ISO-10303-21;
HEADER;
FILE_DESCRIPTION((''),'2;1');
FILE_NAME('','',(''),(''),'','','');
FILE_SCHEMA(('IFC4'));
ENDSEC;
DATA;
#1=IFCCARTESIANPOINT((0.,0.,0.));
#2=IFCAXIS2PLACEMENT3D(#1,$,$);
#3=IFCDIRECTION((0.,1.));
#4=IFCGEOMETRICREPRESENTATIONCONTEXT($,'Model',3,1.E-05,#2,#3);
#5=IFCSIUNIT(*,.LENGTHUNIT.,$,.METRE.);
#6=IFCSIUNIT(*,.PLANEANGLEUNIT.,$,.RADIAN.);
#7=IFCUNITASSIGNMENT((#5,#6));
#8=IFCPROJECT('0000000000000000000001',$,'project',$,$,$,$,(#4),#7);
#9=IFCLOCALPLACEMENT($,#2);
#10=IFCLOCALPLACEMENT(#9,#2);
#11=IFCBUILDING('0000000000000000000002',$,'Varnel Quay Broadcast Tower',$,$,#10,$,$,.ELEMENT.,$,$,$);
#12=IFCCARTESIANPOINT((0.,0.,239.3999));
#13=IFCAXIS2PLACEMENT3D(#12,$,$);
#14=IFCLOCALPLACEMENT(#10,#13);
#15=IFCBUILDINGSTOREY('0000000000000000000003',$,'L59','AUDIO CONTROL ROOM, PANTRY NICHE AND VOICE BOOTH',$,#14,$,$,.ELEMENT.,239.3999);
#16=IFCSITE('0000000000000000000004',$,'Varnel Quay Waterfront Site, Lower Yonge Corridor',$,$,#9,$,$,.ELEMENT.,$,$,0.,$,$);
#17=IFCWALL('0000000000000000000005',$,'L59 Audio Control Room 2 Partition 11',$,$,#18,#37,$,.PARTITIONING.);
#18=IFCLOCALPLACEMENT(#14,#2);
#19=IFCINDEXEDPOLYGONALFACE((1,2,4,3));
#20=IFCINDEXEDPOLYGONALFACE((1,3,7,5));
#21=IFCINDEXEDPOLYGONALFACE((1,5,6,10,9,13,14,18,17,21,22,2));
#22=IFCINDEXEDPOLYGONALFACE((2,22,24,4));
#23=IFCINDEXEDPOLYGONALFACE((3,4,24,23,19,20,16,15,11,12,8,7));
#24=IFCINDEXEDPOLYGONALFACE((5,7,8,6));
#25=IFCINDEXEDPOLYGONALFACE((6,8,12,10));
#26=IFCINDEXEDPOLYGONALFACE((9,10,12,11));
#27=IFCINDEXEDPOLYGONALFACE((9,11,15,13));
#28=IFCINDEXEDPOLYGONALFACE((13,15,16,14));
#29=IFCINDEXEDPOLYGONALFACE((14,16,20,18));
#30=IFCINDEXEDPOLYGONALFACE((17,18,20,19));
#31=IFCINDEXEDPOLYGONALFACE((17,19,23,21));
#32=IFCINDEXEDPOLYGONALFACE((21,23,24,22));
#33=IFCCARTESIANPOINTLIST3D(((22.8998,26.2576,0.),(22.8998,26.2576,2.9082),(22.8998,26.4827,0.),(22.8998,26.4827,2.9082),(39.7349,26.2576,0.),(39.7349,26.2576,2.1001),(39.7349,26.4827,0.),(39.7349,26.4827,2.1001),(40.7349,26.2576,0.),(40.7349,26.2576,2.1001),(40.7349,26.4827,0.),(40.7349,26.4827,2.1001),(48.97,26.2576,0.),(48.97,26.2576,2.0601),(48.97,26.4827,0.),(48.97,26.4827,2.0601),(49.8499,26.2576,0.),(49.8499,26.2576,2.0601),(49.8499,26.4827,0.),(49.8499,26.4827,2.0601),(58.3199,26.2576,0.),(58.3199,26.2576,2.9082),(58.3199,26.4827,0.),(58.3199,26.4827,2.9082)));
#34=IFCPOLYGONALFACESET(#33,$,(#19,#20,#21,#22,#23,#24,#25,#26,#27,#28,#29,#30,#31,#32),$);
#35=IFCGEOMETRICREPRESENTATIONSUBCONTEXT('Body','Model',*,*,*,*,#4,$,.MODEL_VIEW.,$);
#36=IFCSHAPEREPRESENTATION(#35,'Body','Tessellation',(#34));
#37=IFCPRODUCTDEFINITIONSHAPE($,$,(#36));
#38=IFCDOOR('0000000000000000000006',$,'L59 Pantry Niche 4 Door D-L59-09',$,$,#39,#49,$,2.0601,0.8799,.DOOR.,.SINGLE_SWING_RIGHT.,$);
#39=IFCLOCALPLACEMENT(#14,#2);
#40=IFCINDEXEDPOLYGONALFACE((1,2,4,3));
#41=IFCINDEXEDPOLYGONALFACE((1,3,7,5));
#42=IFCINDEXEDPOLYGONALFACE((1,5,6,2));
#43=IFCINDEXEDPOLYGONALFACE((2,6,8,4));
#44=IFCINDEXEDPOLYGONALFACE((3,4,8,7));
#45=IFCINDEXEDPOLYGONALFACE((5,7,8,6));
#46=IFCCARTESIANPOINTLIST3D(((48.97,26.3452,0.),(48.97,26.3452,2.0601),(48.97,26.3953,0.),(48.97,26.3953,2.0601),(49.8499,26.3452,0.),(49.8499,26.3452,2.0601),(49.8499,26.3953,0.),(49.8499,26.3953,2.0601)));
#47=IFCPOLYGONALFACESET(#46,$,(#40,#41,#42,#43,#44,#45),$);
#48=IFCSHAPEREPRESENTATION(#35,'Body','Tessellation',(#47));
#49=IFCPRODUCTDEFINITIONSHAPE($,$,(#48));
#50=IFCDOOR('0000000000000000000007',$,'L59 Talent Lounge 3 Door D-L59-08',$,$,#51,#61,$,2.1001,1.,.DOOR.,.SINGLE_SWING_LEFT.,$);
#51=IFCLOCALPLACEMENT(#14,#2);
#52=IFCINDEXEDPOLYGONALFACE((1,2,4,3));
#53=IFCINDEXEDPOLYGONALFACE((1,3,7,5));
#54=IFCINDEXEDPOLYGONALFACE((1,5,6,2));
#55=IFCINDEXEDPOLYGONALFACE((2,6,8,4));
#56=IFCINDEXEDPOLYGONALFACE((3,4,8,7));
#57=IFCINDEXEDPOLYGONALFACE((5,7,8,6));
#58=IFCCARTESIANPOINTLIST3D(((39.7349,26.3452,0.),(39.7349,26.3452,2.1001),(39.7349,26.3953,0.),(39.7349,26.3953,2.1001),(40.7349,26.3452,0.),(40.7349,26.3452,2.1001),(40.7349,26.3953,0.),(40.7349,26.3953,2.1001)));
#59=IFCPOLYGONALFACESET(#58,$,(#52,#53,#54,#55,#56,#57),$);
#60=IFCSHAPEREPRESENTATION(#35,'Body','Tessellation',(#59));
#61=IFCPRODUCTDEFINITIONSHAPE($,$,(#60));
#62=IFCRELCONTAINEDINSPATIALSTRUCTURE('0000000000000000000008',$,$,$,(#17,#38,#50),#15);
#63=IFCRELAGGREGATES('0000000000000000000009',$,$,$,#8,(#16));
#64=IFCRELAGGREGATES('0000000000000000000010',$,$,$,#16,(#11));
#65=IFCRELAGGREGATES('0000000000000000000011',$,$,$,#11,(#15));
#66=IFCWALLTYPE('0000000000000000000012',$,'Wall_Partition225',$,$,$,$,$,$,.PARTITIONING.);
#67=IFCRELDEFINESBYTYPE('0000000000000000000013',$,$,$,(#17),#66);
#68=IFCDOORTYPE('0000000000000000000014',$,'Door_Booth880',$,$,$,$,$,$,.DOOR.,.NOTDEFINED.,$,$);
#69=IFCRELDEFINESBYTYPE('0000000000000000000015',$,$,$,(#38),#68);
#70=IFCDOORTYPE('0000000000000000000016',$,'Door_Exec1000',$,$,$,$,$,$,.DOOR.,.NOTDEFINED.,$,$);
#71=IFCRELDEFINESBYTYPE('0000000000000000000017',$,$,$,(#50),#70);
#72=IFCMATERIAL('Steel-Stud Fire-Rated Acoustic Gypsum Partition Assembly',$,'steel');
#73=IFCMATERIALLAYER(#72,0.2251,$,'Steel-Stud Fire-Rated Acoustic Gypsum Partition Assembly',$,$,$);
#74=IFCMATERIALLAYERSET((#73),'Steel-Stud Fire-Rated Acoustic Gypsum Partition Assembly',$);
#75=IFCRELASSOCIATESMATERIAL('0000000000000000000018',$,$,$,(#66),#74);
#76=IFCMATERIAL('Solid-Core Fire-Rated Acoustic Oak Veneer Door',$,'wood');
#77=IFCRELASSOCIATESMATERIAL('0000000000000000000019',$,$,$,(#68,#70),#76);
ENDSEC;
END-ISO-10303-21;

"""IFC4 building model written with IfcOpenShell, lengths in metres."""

from ifc_helpers import new_model, si_unit, direction, frame, frame_2d, origin, place, context, subcontext, project, spatial, rectangle, extrude, source, transform, mapped, material, layer, layer_set, type_object, type_shapes, element, fill, save


model = new_model("IFC4")

# Units and contexts
model_context = context("Model", 3, precision=1e-05, world=origin(), true_north=direction((0.0, 1.0)))
body_context = subcontext(model_context, "Body", "Model", "MODEL_VIEW")
ifc_project = project(units=[si_unit("LENGTHUNIT", "METRE"), si_unit("PLANEANGLEUNIT", "RADIAN")], contexts=[model_context])

# Site, building, storey
site_placement = place(None, origin())
site = spatial("IfcSite", under=ifc_project, at=site_placement, Name="Varnel Quay Waterfront Site, Lower Yonge Corridor", CompositionType="ELEMENT", RefElevation=0.0)
building_placement = place(site_placement, origin())
building = spatial("IfcBuilding", under=site, at=building_placement, Name="Varnel Quay Broadcast Tower", CompositionType="ELEMENT")
storey_placement = place(building_placement, frame((0.0, 0.0, 239.3999)))
storey = spatial("IfcBuildingStorey", under=building, at=storey_placement, Name="L59", Description="AUDIO CONTROL ROOM, PANTRY NICHE AND VOICE BOOTH", CompositionType="ELEMENT", Elevation=239.3999)

# Shared definitions
ifc_material_1 = material(Name="Steel-Stud Fire-Rated Acoustic Gypsum Partition Assembly", Category="steel")
ifc_material_2 = material(Name="Solid-Core Fire-Rated Acoustic Oak Veneer Door", Category="wood")

# Wall, openings, doors
ifc_layer_1 = layer(ifc_material_1, 0.2251, Name="Steel-Stud Fire-Rated Acoustic Gypsum Partition Assembly")
ifc_layer_set_1 = layer_set([ifc_layer_1], Name="Steel-Stud Fire-Rated Acoustic Gypsum Partition Assembly")
wall_type_1 = type_object("IfcWallType", Name="Wall_Partition225", PredefinedType="PARTITIONING", material=ifc_layer_set_1)
wall_1_placement = place(storey_placement, frame((22.8999, 26.3701, 0.0), z_axis=(0.0, 0.0, 1.0), x_axis=(1.0, 0.0, 0.0)))
wall_1 = element("IfcWall", 1, at=wall_1_placement, inside=storey, type_object=wall_type_1, Name="L59 Audio Control Room 2 Partition 11", PredefinedType="PARTITIONING", context=body_context, shape_type="SweptSolid", body=[
    extrude(rectangle(XDim=35.4202, YDim=0.2251, at=frame_2d((17.71, 0.0))), origin(), (0.0, 0.0, 1.0), 2.9082),
])
opening_1_placement = place(wall_1_placement, frame((16.835, 0.0, 0.0)))
opening_1 = element("IfcOpeningElement", 2, at=opening_1_placement, cuts=wall_1, PredefinedType="OPENING", context=body_context, shape_type="SweptSolid", body=[
    extrude(rectangle(XDim=1.0, YDim=2.1001, at=frame_2d((0.5, 1.05))), frame((0.0, 0.1226, 0.0), z_axis=(0.0, -1.0, 0.0), x_axis=(1.0, 0.0, 0.0)), (0.0, 0.0, 1.0), 0.2451),
])
opening_2_placement = place(wall_1_placement, frame((26.0701, 0.0, 0.0)))
opening_2 = element("IfcOpeningElement", 3, at=opening_2_placement, cuts=wall_1, PredefinedType="OPENING", context=body_context, shape_type="SweptSolid", body=[
    extrude(rectangle(XDim=0.8799, YDim=2.0601, at=frame_2d((0.4399, 1.03))), frame((0.0, 0.1226, 0.0), z_axis=(0.0, -1.0, 0.0), x_axis=(1.0, 0.0, 0.0)), (0.0, 0.0, 1.0), 0.2451),
])
door_type_1 = type_object("IfcDoorType", Name="Door_Booth880", OperationType="NOTDEFINED", PredefinedType="DOOR", material=ifc_material_2)
shared_shape_1 = source(origin(), body_context, "Body", "SweptSolid", [
    extrude(rectangle(XDim=0.8799, YDim=2.0601, at=frame_2d((0.4399, 1.03))), frame((0.0, 0.0249, 0.0), z_axis=(0.0, -1.0, 0.0), x_axis=(1.0, 0.0, 0.0)), (0.0, 0.0, 1.0), 0.05),
])
type_shapes(door_type_1, [shared_shape_1])
door_1_placement = place(opening_2_placement, frame((0.8799, 0.0, 0.0), z_axis=(0.0, 0.0, 1.0), x_axis=(-1.0, 0.0, 0.0)))
door_1 = element("IfcDoor", 4, at=door_1_placement, inside=storey, type_object=door_type_1, Name="L59 Pantry Niche 4 Door D-L59-09", OperationType="SINGLE_SWING_RIGHT", OverallHeight=2.0601, OverallWidth=0.8799, PredefinedType="DOOR", context=body_context, shape_type="MappedRepresentation", body=[
    mapped(shared_shape_1, transform((0.0, 0.0, 0.0), x_axis=(1.0, 0.0, 0.0), y_axis=(0.0, 1.0, 0.0), z_axis=(0.0, 0.0, 1.0), scale=1.0)),
])
fill(opening_2, door_1)
door_type_2 = type_object("IfcDoorType", Name="Door_Exec1000", OperationType="NOTDEFINED", PredefinedType="DOOR", material=ifc_material_2)
shared_shape_2 = source(origin(), body_context, "Body", "SweptSolid", [
    extrude(rectangle(XDim=1.0, YDim=2.1001, at=frame_2d((0.5, 1.05))), frame((0.0, 0.0249, 0.0), z_axis=(0.0, -1.0, 0.0), x_axis=(1.0, 0.0, 0.0)), (0.0, 0.0, 1.0), 0.05),
])
type_shapes(door_type_2, [shared_shape_2])
door_2_placement = place(opening_1_placement, frame((1.0, 0.0, 0.0), z_axis=(0.0, 0.0, 1.0), x_axis=(-1.0, 0.0, 0.0)))
door_2 = element("IfcDoor", 5, at=door_2_placement, inside=storey, type_object=door_type_2, Name="L59 Talent Lounge 3 Door D-L59-08", OperationType="SINGLE_SWING_LEFT", OverallHeight=2.1001, OverallWidth=1.0, PredefinedType="DOOR", context=body_context, shape_type="MappedRepresentation", body=[
    mapped(shared_shape_2, transform((0.0, 0.0, 0.0), x_axis=(1.0, 0.0, 0.0), y_axis=(0.0, 1.0, 0.0), z_axis=(0.0, 0.0, 1.0), scale=1.0)),
])
fill(opening_1, door_2)

save(model, "model.ifc")
